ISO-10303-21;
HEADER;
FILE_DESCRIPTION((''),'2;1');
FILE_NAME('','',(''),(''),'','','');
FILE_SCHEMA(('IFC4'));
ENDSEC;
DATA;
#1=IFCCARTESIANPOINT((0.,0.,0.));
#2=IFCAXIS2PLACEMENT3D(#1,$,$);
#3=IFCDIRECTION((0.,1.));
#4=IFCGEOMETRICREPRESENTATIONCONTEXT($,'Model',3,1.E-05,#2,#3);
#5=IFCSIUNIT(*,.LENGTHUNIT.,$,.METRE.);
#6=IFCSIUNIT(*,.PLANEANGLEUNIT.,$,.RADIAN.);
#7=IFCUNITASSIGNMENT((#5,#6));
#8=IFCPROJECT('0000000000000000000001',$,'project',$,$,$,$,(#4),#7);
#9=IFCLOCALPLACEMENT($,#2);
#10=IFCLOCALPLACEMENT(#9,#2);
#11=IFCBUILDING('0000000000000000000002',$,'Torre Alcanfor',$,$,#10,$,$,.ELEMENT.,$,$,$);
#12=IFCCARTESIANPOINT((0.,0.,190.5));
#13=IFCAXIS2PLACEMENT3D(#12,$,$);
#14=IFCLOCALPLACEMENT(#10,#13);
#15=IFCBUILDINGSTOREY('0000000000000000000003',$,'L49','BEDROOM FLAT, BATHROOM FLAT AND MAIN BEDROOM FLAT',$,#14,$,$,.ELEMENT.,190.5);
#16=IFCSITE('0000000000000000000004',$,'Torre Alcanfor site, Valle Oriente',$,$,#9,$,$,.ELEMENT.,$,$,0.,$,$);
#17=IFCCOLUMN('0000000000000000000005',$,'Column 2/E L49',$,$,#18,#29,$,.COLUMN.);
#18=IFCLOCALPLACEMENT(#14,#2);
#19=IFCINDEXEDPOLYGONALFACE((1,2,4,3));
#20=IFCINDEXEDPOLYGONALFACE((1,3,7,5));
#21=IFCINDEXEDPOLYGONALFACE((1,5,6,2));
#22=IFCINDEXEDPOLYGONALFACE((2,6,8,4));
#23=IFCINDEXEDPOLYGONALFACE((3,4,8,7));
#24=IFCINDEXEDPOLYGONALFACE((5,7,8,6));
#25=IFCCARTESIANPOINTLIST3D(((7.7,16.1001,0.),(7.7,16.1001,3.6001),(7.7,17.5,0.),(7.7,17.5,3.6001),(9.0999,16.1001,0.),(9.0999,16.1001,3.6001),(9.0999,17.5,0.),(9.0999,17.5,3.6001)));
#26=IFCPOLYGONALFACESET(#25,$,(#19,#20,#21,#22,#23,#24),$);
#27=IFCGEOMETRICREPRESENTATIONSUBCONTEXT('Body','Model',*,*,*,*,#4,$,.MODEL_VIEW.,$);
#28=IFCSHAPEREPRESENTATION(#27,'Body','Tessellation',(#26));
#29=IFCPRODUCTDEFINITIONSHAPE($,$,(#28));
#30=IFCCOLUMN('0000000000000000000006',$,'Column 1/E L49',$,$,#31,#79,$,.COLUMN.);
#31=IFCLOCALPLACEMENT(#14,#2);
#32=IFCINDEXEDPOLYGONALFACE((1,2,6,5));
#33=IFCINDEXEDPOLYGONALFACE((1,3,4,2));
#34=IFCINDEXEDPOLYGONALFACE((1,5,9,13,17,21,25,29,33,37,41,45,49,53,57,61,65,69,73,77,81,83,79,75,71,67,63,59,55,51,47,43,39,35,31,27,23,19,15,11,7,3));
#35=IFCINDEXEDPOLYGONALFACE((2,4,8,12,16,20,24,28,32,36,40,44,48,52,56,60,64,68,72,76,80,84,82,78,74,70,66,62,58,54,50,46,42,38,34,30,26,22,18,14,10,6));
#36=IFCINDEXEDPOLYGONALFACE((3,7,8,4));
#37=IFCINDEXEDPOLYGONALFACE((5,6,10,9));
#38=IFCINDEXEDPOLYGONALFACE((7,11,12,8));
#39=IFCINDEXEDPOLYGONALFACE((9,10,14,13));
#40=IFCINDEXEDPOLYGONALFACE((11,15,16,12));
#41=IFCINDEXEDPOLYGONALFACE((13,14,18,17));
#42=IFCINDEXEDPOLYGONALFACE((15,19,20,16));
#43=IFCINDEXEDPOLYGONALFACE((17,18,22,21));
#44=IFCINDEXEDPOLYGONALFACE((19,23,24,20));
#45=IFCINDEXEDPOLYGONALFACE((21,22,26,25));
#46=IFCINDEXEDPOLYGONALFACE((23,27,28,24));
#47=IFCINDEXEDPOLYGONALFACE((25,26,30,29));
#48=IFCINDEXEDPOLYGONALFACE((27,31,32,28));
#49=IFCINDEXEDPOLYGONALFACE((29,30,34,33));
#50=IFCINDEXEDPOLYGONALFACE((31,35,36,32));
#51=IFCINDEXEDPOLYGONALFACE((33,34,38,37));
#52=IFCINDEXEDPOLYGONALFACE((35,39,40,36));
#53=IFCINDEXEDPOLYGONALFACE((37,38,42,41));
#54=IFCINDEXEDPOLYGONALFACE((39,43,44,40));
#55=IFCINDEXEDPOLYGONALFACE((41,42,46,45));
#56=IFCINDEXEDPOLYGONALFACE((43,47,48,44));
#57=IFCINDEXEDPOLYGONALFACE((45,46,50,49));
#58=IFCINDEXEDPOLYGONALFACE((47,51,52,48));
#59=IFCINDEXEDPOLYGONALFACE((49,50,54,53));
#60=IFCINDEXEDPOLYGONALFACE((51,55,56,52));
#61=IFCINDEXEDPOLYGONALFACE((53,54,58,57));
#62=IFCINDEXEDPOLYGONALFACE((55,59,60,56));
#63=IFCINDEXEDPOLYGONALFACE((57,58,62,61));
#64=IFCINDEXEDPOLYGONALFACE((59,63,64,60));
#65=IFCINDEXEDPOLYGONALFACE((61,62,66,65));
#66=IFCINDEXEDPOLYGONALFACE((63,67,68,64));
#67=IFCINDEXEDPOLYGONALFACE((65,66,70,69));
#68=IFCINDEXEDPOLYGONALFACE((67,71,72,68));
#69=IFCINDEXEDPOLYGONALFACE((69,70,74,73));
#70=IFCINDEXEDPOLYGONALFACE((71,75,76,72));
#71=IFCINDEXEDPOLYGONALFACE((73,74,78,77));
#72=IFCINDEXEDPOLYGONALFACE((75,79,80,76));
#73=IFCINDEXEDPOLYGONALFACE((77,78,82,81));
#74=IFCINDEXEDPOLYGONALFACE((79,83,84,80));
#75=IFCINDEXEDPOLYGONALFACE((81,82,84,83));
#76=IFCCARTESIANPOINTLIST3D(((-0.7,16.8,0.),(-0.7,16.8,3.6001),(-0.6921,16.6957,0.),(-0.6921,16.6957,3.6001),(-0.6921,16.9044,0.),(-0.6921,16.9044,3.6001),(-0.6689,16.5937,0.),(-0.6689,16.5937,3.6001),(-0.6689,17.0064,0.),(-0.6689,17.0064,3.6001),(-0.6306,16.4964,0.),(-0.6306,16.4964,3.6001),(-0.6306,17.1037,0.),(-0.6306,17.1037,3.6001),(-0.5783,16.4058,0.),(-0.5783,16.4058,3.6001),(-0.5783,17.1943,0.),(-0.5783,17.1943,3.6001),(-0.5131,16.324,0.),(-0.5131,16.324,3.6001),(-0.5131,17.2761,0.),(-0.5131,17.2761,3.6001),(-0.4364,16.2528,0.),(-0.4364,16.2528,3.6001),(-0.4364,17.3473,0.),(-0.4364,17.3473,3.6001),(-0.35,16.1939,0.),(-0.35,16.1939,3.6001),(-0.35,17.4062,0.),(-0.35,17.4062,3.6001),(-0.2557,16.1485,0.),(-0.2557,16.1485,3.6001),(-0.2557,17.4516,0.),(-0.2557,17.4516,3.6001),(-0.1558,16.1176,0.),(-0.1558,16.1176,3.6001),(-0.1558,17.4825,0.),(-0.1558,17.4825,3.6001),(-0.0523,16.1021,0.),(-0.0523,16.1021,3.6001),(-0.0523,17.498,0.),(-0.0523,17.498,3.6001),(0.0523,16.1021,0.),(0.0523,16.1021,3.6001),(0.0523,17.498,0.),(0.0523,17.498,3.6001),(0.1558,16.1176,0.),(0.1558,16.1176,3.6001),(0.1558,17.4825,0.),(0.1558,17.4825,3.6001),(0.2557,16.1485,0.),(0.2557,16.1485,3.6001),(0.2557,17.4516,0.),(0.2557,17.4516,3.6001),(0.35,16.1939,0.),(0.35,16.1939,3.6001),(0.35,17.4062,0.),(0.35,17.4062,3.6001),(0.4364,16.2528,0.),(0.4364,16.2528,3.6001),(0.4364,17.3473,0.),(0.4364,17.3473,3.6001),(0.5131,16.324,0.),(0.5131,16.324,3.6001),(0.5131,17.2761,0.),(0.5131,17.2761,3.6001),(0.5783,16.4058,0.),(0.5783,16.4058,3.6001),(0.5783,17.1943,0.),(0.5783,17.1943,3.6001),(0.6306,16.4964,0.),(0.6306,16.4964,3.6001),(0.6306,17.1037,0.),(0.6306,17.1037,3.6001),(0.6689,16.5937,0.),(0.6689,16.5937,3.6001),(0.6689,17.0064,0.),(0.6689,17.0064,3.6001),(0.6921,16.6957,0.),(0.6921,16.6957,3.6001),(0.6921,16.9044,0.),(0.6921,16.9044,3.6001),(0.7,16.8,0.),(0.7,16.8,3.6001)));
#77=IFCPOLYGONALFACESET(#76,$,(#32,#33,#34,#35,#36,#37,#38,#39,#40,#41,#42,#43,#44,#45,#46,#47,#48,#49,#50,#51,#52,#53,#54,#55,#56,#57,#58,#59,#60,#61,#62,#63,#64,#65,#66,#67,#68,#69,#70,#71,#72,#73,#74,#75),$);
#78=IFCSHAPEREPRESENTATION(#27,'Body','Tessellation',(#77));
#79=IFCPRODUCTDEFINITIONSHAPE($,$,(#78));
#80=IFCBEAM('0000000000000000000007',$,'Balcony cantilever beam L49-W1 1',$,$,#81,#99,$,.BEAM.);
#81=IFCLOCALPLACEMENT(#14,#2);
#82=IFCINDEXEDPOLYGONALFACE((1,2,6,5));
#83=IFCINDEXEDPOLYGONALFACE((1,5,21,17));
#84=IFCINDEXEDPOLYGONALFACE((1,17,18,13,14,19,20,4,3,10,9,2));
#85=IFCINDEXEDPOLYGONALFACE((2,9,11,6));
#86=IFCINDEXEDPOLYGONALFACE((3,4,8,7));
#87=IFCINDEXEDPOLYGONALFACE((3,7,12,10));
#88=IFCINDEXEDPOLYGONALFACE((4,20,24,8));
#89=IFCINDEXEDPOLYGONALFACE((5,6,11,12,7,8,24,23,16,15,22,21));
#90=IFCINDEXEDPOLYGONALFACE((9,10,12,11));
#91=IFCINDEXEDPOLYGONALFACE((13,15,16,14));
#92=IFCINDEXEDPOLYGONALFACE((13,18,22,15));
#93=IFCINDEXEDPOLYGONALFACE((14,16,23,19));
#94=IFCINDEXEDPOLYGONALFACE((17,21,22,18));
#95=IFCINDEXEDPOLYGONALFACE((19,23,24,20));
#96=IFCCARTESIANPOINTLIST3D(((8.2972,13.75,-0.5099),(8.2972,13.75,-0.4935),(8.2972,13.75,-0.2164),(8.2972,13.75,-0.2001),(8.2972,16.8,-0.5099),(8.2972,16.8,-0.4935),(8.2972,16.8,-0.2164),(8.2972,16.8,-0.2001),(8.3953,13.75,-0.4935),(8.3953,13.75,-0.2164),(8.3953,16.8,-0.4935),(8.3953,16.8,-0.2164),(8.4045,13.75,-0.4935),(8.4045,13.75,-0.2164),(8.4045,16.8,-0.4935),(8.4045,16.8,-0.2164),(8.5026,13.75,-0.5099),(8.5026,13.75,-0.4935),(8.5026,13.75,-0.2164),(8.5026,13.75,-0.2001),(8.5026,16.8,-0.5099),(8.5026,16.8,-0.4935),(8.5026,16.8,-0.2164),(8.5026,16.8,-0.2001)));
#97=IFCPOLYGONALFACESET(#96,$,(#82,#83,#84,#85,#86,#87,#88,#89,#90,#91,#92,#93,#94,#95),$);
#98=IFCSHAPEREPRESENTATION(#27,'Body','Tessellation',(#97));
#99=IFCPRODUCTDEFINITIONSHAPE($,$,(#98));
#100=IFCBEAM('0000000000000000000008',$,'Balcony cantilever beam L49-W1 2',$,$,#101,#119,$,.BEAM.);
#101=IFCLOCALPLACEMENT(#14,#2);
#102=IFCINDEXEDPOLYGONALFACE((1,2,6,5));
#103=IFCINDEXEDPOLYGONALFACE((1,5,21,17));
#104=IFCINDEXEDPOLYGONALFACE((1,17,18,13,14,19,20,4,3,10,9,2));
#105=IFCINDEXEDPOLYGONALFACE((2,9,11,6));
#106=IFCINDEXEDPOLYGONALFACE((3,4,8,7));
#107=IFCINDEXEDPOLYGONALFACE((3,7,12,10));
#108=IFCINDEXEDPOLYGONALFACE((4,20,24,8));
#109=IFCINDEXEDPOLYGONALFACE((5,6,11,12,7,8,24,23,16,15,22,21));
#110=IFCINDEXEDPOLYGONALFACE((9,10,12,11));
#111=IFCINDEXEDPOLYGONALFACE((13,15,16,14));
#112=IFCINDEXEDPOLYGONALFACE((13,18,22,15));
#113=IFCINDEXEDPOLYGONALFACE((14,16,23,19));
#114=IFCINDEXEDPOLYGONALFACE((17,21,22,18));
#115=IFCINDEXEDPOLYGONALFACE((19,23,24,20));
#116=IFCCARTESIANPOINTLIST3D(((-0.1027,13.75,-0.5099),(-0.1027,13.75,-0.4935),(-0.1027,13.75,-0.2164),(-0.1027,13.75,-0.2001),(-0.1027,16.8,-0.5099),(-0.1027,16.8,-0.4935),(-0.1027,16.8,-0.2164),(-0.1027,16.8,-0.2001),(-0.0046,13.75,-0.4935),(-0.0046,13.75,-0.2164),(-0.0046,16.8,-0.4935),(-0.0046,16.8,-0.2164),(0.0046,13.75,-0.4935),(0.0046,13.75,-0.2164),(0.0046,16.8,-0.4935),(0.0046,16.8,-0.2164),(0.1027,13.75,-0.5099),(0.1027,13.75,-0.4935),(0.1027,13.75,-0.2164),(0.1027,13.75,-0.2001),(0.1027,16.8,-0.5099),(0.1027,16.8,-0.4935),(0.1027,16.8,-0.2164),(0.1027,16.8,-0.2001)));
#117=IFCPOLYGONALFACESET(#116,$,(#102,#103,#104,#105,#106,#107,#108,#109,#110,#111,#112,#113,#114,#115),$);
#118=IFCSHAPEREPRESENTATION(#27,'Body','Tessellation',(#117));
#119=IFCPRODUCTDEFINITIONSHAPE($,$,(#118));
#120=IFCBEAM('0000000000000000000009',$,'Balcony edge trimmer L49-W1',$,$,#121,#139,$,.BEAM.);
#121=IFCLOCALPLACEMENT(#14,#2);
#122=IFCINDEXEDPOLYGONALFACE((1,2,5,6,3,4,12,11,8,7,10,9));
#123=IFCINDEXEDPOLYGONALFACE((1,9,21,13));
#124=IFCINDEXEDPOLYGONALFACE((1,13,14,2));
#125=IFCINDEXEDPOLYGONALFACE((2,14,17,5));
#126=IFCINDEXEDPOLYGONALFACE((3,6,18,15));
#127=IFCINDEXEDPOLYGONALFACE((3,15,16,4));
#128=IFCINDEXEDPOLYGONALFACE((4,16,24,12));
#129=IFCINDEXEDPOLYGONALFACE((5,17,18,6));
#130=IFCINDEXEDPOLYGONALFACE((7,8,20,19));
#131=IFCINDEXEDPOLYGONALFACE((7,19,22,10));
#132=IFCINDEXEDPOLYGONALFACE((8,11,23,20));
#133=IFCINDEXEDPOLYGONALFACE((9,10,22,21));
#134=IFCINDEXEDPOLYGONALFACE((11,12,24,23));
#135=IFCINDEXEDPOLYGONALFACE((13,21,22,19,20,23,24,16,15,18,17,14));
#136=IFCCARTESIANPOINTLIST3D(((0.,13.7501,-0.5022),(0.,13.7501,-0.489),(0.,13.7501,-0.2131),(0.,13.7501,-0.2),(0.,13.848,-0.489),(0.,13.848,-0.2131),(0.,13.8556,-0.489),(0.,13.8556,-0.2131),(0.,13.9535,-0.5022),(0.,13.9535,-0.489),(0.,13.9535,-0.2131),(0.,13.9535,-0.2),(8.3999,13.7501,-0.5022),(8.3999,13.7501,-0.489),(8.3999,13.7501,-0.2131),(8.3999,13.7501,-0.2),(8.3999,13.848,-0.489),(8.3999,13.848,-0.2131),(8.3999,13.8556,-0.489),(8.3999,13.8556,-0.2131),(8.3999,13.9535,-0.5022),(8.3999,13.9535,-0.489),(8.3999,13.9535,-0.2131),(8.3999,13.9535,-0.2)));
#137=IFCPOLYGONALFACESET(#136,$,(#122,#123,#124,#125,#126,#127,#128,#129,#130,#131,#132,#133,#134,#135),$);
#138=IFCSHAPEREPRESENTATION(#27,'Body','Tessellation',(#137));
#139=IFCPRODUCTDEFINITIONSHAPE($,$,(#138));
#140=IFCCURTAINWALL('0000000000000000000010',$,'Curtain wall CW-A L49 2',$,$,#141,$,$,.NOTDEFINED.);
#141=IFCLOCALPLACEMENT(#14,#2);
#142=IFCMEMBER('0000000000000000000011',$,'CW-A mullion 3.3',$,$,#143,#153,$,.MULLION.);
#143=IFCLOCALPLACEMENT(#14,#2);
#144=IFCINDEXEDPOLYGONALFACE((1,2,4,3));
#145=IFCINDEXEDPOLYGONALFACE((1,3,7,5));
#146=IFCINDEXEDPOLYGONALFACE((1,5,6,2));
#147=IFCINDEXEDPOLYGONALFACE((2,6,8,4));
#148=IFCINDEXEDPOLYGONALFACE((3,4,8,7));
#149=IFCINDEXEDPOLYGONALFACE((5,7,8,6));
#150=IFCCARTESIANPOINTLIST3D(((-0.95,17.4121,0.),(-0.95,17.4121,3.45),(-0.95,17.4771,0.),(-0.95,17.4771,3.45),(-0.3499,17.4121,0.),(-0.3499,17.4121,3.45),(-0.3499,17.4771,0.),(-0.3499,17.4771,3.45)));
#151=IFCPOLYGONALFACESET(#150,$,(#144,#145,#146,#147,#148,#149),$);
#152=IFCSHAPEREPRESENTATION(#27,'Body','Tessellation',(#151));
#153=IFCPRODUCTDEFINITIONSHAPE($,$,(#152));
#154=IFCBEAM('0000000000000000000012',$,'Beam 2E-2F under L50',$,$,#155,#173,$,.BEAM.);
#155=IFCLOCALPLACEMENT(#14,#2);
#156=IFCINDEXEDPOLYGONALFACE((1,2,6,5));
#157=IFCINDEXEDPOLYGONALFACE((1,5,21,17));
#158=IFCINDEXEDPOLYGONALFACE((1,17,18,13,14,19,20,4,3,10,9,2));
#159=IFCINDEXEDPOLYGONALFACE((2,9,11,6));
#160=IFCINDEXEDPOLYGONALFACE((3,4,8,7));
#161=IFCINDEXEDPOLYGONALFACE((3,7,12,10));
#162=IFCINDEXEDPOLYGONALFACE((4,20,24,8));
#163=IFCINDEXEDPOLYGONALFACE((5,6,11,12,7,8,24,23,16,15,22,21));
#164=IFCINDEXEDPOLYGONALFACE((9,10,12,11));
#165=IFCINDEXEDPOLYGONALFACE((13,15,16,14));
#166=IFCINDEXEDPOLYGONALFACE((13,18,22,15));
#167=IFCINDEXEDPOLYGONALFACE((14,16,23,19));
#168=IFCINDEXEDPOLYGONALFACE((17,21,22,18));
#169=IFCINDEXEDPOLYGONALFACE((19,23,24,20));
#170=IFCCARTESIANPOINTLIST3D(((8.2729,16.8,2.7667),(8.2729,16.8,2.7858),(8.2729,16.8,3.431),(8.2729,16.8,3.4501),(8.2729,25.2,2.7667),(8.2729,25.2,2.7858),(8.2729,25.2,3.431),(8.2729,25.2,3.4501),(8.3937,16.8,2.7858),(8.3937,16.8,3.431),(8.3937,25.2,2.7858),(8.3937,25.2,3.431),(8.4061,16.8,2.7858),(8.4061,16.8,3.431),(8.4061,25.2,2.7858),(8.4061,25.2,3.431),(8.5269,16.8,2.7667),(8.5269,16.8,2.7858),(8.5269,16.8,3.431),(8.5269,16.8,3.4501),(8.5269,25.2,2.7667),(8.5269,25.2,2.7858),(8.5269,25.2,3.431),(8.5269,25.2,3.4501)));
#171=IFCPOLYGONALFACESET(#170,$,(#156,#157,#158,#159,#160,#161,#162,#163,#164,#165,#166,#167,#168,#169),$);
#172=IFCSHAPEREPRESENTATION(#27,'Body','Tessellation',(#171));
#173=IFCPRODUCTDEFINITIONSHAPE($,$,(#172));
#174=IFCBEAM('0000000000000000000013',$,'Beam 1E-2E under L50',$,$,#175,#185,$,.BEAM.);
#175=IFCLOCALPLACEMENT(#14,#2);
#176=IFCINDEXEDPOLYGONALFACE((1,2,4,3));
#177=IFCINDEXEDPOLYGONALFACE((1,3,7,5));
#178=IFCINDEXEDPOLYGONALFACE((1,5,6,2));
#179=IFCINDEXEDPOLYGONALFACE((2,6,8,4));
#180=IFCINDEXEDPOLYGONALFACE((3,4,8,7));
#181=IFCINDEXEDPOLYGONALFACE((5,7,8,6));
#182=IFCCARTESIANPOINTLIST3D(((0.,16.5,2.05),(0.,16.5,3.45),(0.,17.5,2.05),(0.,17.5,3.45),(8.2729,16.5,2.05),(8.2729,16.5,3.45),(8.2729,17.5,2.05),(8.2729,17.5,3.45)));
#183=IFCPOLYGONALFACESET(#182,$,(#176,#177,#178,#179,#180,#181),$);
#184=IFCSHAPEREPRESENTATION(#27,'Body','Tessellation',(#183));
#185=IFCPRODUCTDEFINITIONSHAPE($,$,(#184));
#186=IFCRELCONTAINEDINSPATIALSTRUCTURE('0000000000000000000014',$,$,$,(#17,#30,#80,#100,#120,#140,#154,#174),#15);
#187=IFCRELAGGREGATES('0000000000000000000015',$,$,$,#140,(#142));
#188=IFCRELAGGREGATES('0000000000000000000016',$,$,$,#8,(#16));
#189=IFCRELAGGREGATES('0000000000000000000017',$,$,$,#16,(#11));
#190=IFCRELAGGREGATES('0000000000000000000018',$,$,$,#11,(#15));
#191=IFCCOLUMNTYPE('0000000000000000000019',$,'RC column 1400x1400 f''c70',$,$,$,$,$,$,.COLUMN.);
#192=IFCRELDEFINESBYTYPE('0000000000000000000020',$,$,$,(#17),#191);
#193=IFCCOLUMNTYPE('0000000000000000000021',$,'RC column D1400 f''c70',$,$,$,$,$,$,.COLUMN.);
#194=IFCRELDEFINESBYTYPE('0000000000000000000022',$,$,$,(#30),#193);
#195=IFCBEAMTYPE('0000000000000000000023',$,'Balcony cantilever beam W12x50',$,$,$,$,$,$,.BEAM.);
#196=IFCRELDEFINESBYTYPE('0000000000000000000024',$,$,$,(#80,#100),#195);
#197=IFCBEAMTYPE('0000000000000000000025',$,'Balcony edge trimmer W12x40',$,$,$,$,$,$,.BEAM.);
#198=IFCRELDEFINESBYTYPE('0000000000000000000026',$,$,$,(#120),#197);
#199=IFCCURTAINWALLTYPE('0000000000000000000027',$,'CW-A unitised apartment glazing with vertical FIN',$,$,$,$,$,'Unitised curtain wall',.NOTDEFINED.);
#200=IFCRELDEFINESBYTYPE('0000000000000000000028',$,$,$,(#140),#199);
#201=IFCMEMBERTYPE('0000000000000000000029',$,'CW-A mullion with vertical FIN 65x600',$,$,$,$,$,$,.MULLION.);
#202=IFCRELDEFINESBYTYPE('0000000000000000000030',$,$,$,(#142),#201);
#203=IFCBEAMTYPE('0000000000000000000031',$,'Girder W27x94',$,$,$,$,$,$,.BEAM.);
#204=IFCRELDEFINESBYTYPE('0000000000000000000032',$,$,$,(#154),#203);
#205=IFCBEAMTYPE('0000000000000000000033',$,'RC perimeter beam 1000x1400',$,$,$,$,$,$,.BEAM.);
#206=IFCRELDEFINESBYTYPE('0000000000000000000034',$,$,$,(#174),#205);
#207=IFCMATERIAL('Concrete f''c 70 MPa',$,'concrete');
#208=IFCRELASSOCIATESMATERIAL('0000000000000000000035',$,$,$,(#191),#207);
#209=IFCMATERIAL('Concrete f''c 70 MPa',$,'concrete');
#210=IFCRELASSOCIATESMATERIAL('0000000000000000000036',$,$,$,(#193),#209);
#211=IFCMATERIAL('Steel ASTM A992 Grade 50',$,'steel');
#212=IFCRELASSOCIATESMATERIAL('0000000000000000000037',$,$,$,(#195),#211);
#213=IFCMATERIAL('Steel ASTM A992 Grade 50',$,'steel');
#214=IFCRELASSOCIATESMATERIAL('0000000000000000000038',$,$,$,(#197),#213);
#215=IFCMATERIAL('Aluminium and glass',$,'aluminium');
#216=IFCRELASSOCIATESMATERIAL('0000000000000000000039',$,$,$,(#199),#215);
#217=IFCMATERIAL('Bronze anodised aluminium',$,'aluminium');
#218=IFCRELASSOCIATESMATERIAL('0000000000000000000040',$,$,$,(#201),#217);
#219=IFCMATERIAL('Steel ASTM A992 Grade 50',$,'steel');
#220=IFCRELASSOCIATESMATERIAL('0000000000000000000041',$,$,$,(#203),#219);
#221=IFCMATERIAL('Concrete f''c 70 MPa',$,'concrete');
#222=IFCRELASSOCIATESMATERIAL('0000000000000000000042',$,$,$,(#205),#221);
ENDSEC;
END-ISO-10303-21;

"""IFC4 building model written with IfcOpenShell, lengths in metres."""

from ifc_helpers import new_model, si_unit, direction, frame, origin, origin_2d, place, context, subcontext, project, spatial, rectangle, circle, i_section, extrude, material, material_profile, profile_set, type_object, element, aggregate, save


model = new_model("IFC4")

# Units and contexts
model_context = context("Model", 3, precision=1e-05, world=origin(), true_north=direction((0.0, 1.0)))
body_context = subcontext(model_context, "Body", "Model", "MODEL_VIEW")
ifc_project = project(units=[si_unit("LENGTHUNIT", "METRE"), si_unit("PLANEANGLEUNIT", "RADIAN")], contexts=[model_context])

# Site, building, storey
site_placement = place(None, origin())
site = spatial("IfcSite", under=ifc_project, at=site_placement, Name="Torre Alcanfor site, Valle Oriente", CompositionType="ELEMENT", RefElevation=0.0)
building_placement = place(site_placement, origin())
building = spatial("IfcBuilding", under=site, at=building_placement, Name="Torre Alcanfor", CompositionType="ELEMENT")
storey_placement = place(building_placement, frame((0.0, 0.0, 190.5)))
storey = spatial("IfcBuildingStorey", under=building, at=storey_placement, Name="L49", Description="BEDROOM FLAT, BATHROOM FLAT AND MAIN BEDROOM FLAT", CompositionType="ELEMENT", Elevation=190.5)

# Columns
ifc_material_1 = material(Name="Concrete f'c 70 MPa", Category="concrete")
ifc_material_profile_1 = material_profile(ifc_material_1, rectangle(XDim=1.3999, YDim=1.3999, at=origin_2d()), Name="1400x1400")
ifc_profile_set_1 = profile_set([ifc_material_profile_1], Name="Concrete f'c 70 MPa")
column_type_1 = type_object("IfcColumnType", Name="RC column 1400x1400 f'c70", PredefinedType="COLUMN", material=ifc_profile_set_1)
column_1_placement = place(storey_placement, frame((8.3999, 16.8, 0.0), z_axis=(0.0, 0.0, 1.0), x_axis=(1.0, 0.0, 0.0)))
element("IfcColumn", 1, at=column_1_placement, inside=storey, type_object=column_type_1, Name="Column 2/E L49", PredefinedType="COLUMN", context=body_context, shape_type="SweptSolid", body=[
    extrude(rectangle(XDim=1.3999, YDim=1.3999, at=origin_2d()), origin(), (0.0, 0.0, 1.0), 3.6001),
])
ifc_material_2 = material(Name="Concrete f'c 70 MPa", Category="concrete")
ifc_material_profile_2 = material_profile(ifc_material_2, circle(Radius=0.7, at=origin_2d()), Name="D1400")
ifc_profile_set_2 = profile_set([ifc_material_profile_2], Name="Concrete f'c 70 MPa")
column_type_2 = type_object("IfcColumnType", Name="RC column D1400 f'c70", PredefinedType="COLUMN", material=ifc_profile_set_2)
column_2_placement = place(storey_placement, frame((0.0, 16.8, 0.0), z_axis=(0.0, 0.0, 1.0), x_axis=(1.0, 0.0, 0.0)))
element("IfcColumn", 2, at=column_2_placement, inside=storey, type_object=column_type_2, Name="Column 1/E L49", PredefinedType="COLUMN", context=body_context, shape_type="SweptSolid", body=[
    extrude(circle(Radius=0.7, at=origin_2d()), origin(), (0.0, 0.0, 1.0), 3.6001),
])

# Beams
ifc_material_3 = material(Name="Steel ASTM A992 Grade 50", Category="steel")
ifc_material_profile_3 = material_profile(ifc_material_3, i_section(OverallWidth=0.2053, OverallDepth=0.3098, WebThickness=0.0093, FlangeThickness=0.0164, at=origin_2d()), Name="W12x50")
ifc_profile_set_3 = profile_set([ifc_material_profile_3], Name="Steel ASTM A992 Grade 50")
beam_type_1 = type_object("IfcBeamType", Name="Balcony cantilever beam W12x50", PredefinedType="BEAM", material=ifc_profile_set_3)
for number, where, z_axis, x_axis, name in (
    (3, (8.3999, 16.8, -0.355), (0.0, -1.0, 0.0), (1.0, 0.0, 0.0), "Balcony cantilever beam L49-W1 1"),
    (4, (0.0, 16.8, -0.355), (0.0, -1.0, 0.0), (1.0, 0.0, 0.0), "Balcony cantilever beam L49-W1 2"),
):
    element("IfcBeam", number, at=place(storey_placement, frame(where, z_axis=z_axis, x_axis=x_axis)), inside=storey, type_object=beam_type_1, Name=name, PredefinedType="BEAM", context=body_context, shape_type="SweptSolid", body=[
        extrude(i_section(OverallWidth=0.2053, OverallDepth=0.3098, WebThickness=0.0093, FlangeThickness=0.0164, at=origin_2d()), origin(), (0.0, 0.0, 1.0), 3.05),
    ])
ifc_material_4 = material(Name="Steel ASTM A992 Grade 50", Category="steel")
ifc_material_profile_4 = material_profile(ifc_material_4, i_section(OverallWidth=0.2034, OverallDepth=0.3022, WebThickness=0.0076, FlangeThickness=0.0132, at=origin_2d()), Name="W12x40")
ifc_profile_set_4 = profile_set([ifc_material_profile_4], Name="Steel ASTM A992 Grade 50")
beam_type_2 = type_object("IfcBeamType", Name="Balcony edge trimmer W12x40", PredefinedType="BEAM", material=ifc_profile_set_4)
beam_1_placement = place(storey_placement, frame((8.3999, 13.8518, -0.3511), z_axis=(-1.0, 0.0, 0.0), x_axis=(0.0, -1.0, 0.0)))
element("IfcBeam", 5, at=beam_1_placement, inside=storey, type_object=beam_type_2, Name="Balcony edge trimmer L49-W1", PredefinedType="BEAM", context=body_context, shape_type="SweptSolid", body=[
    extrude(i_section(OverallWidth=0.2034, OverallDepth=0.3022, WebThickness=0.0076, FlangeThickness=0.0132, at=origin_2d()), origin(), (0.0, 0.0, 1.0), 8.3999),
])

# Curtain wall, member
ifc_material_5 = material(Name="Aluminium and glass", Category="aluminium")
curtain_wall_type = type_object("IfcCurtainWallType", Name="CW-A unitised apartment glazing with vertical FIN", ElementType="Unitised curtain wall", PredefinedType="NOTDEFINED", material=ifc_material_5)
curtain_wall_placement = place(storey_placement, origin())
curtain_wall = element("IfcCurtainWall", 6, at=curtain_wall_placement, inside=storey, type_object=curtain_wall_type, Name="Curtain wall CW-A L49 2", PredefinedType="NOTDEFINED")
ifc_material_6 = material(Name="Bronze anodised aluminium", Category="aluminium")
ifc_material_profile_5 = material_profile(ifc_material_6, rectangle(XDim=0.6001, YDim=0.0649, at=origin_2d()), Name="CW-A mullion 65x600")
ifc_profile_set_5 = profile_set([ifc_material_profile_5], Name="Bronze anodised aluminium")
member_type = type_object("IfcMemberType", Name="CW-A mullion with vertical FIN 65x600", PredefinedType="MULLION", material=ifc_profile_set_5)
member_placement = place(storey_placement, frame((-0.6499, 17.4446, 0.0), z_axis=(0.0, 0.0, 1.0), x_axis=(1.0, 0.0, 0.0)))
member = element("IfcMember", 7, at=member_placement, type_object=member_type, Name="CW-A mullion 3.3", PredefinedType="MULLION", context=body_context, shape_type="SweptSolid", body=[
    extrude(rectangle(XDim=0.6001, YDim=0.0649, at=origin_2d()), origin(), (0.0, 0.0, 1.0), 3.45),
])

# Beams
ifc_material_7 = material(Name="Steel ASTM A992 Grade 50", Category="steel")
ifc_material_profile_6 = material_profile(ifc_material_7, i_section(OverallWidth=0.2539, OverallDepth=0.6833, WebThickness=0.0125, FlangeThickness=0.019, at=origin_2d()), Name="W27x94")
ifc_profile_set_6 = profile_set([ifc_material_profile_6], Name="Steel ASTM A992 Grade 50")
beam_type_3 = type_object("IfcBeamType", Name="Girder W27x94", PredefinedType="BEAM", material=ifc_profile_set_6)
beam_2_placement = place(storey_placement, frame((8.3999, 16.8, 3.1084), z_axis=(0.0, 1.0, 0.0), x_axis=(-1.0, 0.0, 0.0)))
element("IfcBeam", 8, at=beam_2_placement, inside=storey, type_object=beam_type_3, Name="Beam 2E-2F under L50", PredefinedType="BEAM", context=body_context, shape_type="SweptSolid", body=[
    extrude(i_section(OverallWidth=0.2539, OverallDepth=0.6833, WebThickness=0.0125, FlangeThickness=0.019, at=origin_2d()), origin(), (0.0, 0.0, 1.0), 8.3999),
])
ifc_material_8 = material(Name="Concrete f'c 70 MPa", Category="concrete")
ifc_material_profile_7 = material_profile(ifc_material_8, rectangle(XDim=1.0, YDim=1.3999, at=origin_2d()), Name="1000x1400")
ifc_profile_set_7 = profile_set([ifc_material_profile_7], Name="Concrete f'c 70 MPa")
beam_type_4 = type_object("IfcBeamType", Name="RC perimeter beam 1000x1400", PredefinedType="BEAM", material=ifc_profile_set_7)
beam_3_placement = place(storey_placement, frame((0.0, 17.0, 2.75), z_axis=(1.0, 0.0, 0.0), x_axis=(0.0, 1.0, 0.0)))
element("IfcBeam", 9, at=beam_3_placement, inside=storey, type_object=beam_type_4, Name="Beam 1E-2E under L50", PredefinedType="BEAM", context=body_context, shape_type="SweptSolid", body=[
    extrude(rectangle(XDim=1.0, YDim=1.3999, at=origin_2d()), origin(), (0.0, 0.0, 1.0), 8.2729),
])

aggregate(curtain_wall, [member])

save(model, "model.ifc")
